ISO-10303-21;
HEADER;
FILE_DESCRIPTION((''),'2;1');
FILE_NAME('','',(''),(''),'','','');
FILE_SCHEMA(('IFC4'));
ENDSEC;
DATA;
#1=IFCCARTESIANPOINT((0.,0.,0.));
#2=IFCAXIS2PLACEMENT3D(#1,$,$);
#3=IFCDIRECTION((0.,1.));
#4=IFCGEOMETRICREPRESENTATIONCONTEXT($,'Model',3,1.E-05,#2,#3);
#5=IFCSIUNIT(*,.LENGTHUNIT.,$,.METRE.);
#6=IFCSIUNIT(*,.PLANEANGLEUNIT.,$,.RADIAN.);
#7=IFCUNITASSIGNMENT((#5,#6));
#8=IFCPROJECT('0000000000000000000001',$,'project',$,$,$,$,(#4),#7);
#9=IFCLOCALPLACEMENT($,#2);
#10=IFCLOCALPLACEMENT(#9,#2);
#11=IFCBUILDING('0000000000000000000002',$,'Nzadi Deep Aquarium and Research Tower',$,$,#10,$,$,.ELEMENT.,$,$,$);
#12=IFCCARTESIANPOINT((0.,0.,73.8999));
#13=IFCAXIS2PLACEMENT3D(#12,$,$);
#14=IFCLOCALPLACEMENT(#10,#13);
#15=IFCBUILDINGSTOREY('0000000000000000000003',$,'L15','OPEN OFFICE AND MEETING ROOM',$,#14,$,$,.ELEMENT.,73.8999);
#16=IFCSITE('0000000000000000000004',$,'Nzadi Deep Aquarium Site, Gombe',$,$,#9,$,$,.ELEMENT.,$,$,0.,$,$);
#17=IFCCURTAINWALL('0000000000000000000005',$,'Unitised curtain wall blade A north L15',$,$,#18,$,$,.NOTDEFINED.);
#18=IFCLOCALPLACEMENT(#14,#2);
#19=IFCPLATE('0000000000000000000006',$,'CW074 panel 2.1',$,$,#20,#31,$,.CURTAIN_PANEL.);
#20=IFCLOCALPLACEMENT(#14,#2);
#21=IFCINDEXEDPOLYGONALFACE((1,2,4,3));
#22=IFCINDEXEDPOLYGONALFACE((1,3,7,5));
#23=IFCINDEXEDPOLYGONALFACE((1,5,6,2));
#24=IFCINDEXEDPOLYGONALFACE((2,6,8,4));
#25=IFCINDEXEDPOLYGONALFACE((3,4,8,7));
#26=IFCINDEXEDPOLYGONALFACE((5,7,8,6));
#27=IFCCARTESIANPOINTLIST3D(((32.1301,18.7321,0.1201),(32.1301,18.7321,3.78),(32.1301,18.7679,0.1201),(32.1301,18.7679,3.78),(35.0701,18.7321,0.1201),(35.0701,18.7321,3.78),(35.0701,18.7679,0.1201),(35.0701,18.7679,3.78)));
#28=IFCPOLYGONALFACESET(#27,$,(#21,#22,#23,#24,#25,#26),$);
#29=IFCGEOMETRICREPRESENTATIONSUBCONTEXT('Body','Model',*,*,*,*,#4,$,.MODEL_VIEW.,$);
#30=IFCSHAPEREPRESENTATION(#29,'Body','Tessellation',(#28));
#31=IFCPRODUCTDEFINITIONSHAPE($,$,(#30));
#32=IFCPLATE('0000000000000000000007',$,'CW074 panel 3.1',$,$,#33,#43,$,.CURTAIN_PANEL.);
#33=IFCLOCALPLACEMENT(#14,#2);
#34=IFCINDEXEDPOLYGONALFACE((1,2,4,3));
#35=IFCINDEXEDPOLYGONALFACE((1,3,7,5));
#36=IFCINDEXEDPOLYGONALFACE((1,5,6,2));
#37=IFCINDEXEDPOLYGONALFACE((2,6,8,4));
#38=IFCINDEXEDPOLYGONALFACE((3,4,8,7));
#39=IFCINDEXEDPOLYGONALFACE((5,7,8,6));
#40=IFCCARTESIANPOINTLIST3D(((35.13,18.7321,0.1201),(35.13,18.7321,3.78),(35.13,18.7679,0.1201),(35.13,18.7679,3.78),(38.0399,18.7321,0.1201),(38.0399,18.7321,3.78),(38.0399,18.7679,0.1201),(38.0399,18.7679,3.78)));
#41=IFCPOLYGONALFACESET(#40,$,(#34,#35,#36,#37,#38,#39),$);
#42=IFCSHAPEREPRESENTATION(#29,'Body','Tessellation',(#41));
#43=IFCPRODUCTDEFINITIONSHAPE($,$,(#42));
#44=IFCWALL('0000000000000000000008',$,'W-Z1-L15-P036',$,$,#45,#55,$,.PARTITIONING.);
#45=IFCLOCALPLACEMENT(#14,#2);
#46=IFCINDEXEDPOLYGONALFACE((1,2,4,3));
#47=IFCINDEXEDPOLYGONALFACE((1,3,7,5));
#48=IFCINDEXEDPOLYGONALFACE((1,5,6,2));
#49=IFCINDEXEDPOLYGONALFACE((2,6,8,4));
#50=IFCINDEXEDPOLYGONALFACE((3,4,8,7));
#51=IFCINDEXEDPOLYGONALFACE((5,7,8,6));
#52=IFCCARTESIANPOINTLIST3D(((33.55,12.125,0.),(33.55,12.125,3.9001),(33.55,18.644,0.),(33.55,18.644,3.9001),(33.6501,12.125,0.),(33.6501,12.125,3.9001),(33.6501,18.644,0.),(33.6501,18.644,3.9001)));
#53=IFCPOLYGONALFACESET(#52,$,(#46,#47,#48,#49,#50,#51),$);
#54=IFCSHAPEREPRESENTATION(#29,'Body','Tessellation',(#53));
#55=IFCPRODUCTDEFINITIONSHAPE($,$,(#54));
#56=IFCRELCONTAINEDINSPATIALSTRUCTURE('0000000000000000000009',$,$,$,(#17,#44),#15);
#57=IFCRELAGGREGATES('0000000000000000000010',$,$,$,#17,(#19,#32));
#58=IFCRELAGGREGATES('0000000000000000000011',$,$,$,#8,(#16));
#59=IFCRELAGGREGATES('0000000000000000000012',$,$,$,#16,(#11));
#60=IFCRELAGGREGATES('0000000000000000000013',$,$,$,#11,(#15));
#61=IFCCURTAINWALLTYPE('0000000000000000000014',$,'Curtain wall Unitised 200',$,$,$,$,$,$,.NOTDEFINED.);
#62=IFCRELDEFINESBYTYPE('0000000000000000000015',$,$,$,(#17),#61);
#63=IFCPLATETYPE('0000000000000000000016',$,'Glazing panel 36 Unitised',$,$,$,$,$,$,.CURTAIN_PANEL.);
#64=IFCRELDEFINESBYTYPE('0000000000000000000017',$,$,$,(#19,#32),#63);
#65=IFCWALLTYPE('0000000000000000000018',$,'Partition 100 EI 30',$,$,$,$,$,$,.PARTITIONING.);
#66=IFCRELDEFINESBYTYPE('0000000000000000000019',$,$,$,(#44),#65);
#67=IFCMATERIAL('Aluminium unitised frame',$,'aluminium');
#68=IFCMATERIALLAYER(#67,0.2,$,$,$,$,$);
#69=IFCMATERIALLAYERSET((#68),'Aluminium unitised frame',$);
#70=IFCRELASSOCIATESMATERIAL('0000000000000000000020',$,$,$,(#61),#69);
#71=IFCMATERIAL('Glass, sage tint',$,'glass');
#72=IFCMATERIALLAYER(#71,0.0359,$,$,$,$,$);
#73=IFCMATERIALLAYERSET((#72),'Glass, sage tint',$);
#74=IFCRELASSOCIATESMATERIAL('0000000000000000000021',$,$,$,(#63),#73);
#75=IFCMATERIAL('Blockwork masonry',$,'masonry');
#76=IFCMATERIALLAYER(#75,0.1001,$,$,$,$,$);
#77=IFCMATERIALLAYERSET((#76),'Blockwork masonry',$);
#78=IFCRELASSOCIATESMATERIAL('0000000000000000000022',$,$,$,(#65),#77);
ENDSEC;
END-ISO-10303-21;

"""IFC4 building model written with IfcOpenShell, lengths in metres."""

from ifc_helpers import new_model, si_unit, direction, frame, frame_2d, origin, origin_2d, place, context, subcontext, project, spatial, rectangle, extrude, material, layer, layer_set, type_object, element, aggregate, save


model = new_model("IFC4")

# Units and contexts
model_context = context("Model", 3, precision=1e-05, world=origin(), true_north=direction((0.0, 1.0)))
body_context = subcontext(model_context, "Body", "Model", "MODEL_VIEW")
ifc_project = project(units=[si_unit("LENGTHUNIT", "METRE"), si_unit("PLANEANGLEUNIT", "RADIAN")], contexts=[model_context])

# Site, building, storey
site_placement = place(None, origin())
site = spatial("IfcSite", under=ifc_project, at=site_placement, Name="Nzadi Deep Aquarium Site, Gombe", CompositionType="ELEMENT", RefElevation=0.0)
building_placement = place(site_placement, origin())
building = spatial("IfcBuilding", under=site, at=building_placement, Name="Nzadi Deep Aquarium and Research Tower", CompositionType="ELEMENT")
storey_placement = place(building_placement, frame((0.0, 0.0, 73.8999)))
storey = spatial("IfcBuildingStorey", under=building, at=storey_placement, Name="L15", Description="OPEN OFFICE AND MEETING ROOM", CompositionType="ELEMENT", Elevation=73.8999)

# Curtain wall
ifc_material_1 = material(Name="Aluminium unitised frame", Category="aluminium")
ifc_layer_1 = layer(ifc_material_1, 0.2)
ifc_layer_set_1 = layer_set([ifc_layer_1], Name="Aluminium unitised frame")
curtain_wall_type_1 = type_object("IfcCurtainWallType", Name="Curtain wall Unitised 200", PredefinedType="NOTDEFINED", material=ifc_layer_set_1)
curtain_wall_1_placement = place(storey_placement, origin())
curtain_wall_1 = element("IfcCurtainWall", 1, at=curtain_wall_1_placement, inside=storey, type_object=curtain_wall_type_1, Name="Unitised curtain wall blade A north L15", PredefinedType="NOTDEFINED")

# Plates
ifc_material_2 = material(Name="Glass, sage tint", Category="glass")
ifc_layer_2 = layer(ifc_material_2, 0.0359)
ifc_layer_set_2 = layer_set([ifc_layer_2], Name="Glass, sage tint")
plate_type = type_object("IfcPlateType", Name="Glazing panel 36 Unitised", PredefinedType="CURTAIN_PANEL", material=ifc_layer_set_2)
plate_1_placement = place(storey_placement, frame((33.6001, 18.75, 0.1201), z_axis=(0.0, 0.0, 1.0), x_axis=(1.0, 0.0, 0.0)))
plate_1 = element("IfcPlate", 2, at=plate_1_placement, type_object=plate_type, Name="CW074 panel 2.1", PredefinedType="CURTAIN_PANEL", context=body_context, shape_type="SweptSolid", body=[
    extrude(rectangle(XDim=2.9399, YDim=0.0359, at=origin_2d()), origin(), (0.0, 0.0, 1.0), 3.6599),
])
plate_2_placement = place(storey_placement, frame((36.585, 18.75, 0.1201), z_axis=(0.0, 0.0, 1.0), x_axis=(1.0, 0.0, 0.0)))
plate_2 = element("IfcPlate", 3, at=plate_2_placement, type_object=plate_type, Name="CW074 panel 3.1", PredefinedType="CURTAIN_PANEL", context=body_context, shape_type="SweptSolid", body=[
    extrude(rectangle(XDim=2.9099, YDim=0.0359, at=origin_2d()), origin(), (0.0, 0.0, 1.0), 3.6599),
])
aggregate(curtain_wall_1, [plate_1, plate_2])

# Wall
ifc_material_3 = material(Name="Blockwork masonry", Category="masonry")
ifc_layer_3 = layer(ifc_material_3, 0.1001)
ifc_layer_set_3 = layer_set([ifc_layer_3], Name="Blockwork masonry")
wall_type = type_object("IfcWallType", Name="Partition 100 EI 30", PredefinedType="PARTITIONING", material=ifc_layer_set_3)
wall_placement = place(storey_placement, frame((33.6001, 12.125, 0.0), z_axis=(0.0, 0.0, 1.0), x_axis=(0.0, 1.0, 0.0)))
element("IfcWall", 4, at=wall_placement, inside=storey, type_object=wall_type, Name="W-Z1-L15-P036", PredefinedType="PARTITIONING", context=body_context, shape_type="SweptSolid", body=[
    extrude(rectangle(XDim=6.519, YDim=0.1001, at=frame_2d((3.2595, 0.0))), origin(), (0.0, 0.0, 1.0), 3.9001),
])

save(model, "model.ifc")
